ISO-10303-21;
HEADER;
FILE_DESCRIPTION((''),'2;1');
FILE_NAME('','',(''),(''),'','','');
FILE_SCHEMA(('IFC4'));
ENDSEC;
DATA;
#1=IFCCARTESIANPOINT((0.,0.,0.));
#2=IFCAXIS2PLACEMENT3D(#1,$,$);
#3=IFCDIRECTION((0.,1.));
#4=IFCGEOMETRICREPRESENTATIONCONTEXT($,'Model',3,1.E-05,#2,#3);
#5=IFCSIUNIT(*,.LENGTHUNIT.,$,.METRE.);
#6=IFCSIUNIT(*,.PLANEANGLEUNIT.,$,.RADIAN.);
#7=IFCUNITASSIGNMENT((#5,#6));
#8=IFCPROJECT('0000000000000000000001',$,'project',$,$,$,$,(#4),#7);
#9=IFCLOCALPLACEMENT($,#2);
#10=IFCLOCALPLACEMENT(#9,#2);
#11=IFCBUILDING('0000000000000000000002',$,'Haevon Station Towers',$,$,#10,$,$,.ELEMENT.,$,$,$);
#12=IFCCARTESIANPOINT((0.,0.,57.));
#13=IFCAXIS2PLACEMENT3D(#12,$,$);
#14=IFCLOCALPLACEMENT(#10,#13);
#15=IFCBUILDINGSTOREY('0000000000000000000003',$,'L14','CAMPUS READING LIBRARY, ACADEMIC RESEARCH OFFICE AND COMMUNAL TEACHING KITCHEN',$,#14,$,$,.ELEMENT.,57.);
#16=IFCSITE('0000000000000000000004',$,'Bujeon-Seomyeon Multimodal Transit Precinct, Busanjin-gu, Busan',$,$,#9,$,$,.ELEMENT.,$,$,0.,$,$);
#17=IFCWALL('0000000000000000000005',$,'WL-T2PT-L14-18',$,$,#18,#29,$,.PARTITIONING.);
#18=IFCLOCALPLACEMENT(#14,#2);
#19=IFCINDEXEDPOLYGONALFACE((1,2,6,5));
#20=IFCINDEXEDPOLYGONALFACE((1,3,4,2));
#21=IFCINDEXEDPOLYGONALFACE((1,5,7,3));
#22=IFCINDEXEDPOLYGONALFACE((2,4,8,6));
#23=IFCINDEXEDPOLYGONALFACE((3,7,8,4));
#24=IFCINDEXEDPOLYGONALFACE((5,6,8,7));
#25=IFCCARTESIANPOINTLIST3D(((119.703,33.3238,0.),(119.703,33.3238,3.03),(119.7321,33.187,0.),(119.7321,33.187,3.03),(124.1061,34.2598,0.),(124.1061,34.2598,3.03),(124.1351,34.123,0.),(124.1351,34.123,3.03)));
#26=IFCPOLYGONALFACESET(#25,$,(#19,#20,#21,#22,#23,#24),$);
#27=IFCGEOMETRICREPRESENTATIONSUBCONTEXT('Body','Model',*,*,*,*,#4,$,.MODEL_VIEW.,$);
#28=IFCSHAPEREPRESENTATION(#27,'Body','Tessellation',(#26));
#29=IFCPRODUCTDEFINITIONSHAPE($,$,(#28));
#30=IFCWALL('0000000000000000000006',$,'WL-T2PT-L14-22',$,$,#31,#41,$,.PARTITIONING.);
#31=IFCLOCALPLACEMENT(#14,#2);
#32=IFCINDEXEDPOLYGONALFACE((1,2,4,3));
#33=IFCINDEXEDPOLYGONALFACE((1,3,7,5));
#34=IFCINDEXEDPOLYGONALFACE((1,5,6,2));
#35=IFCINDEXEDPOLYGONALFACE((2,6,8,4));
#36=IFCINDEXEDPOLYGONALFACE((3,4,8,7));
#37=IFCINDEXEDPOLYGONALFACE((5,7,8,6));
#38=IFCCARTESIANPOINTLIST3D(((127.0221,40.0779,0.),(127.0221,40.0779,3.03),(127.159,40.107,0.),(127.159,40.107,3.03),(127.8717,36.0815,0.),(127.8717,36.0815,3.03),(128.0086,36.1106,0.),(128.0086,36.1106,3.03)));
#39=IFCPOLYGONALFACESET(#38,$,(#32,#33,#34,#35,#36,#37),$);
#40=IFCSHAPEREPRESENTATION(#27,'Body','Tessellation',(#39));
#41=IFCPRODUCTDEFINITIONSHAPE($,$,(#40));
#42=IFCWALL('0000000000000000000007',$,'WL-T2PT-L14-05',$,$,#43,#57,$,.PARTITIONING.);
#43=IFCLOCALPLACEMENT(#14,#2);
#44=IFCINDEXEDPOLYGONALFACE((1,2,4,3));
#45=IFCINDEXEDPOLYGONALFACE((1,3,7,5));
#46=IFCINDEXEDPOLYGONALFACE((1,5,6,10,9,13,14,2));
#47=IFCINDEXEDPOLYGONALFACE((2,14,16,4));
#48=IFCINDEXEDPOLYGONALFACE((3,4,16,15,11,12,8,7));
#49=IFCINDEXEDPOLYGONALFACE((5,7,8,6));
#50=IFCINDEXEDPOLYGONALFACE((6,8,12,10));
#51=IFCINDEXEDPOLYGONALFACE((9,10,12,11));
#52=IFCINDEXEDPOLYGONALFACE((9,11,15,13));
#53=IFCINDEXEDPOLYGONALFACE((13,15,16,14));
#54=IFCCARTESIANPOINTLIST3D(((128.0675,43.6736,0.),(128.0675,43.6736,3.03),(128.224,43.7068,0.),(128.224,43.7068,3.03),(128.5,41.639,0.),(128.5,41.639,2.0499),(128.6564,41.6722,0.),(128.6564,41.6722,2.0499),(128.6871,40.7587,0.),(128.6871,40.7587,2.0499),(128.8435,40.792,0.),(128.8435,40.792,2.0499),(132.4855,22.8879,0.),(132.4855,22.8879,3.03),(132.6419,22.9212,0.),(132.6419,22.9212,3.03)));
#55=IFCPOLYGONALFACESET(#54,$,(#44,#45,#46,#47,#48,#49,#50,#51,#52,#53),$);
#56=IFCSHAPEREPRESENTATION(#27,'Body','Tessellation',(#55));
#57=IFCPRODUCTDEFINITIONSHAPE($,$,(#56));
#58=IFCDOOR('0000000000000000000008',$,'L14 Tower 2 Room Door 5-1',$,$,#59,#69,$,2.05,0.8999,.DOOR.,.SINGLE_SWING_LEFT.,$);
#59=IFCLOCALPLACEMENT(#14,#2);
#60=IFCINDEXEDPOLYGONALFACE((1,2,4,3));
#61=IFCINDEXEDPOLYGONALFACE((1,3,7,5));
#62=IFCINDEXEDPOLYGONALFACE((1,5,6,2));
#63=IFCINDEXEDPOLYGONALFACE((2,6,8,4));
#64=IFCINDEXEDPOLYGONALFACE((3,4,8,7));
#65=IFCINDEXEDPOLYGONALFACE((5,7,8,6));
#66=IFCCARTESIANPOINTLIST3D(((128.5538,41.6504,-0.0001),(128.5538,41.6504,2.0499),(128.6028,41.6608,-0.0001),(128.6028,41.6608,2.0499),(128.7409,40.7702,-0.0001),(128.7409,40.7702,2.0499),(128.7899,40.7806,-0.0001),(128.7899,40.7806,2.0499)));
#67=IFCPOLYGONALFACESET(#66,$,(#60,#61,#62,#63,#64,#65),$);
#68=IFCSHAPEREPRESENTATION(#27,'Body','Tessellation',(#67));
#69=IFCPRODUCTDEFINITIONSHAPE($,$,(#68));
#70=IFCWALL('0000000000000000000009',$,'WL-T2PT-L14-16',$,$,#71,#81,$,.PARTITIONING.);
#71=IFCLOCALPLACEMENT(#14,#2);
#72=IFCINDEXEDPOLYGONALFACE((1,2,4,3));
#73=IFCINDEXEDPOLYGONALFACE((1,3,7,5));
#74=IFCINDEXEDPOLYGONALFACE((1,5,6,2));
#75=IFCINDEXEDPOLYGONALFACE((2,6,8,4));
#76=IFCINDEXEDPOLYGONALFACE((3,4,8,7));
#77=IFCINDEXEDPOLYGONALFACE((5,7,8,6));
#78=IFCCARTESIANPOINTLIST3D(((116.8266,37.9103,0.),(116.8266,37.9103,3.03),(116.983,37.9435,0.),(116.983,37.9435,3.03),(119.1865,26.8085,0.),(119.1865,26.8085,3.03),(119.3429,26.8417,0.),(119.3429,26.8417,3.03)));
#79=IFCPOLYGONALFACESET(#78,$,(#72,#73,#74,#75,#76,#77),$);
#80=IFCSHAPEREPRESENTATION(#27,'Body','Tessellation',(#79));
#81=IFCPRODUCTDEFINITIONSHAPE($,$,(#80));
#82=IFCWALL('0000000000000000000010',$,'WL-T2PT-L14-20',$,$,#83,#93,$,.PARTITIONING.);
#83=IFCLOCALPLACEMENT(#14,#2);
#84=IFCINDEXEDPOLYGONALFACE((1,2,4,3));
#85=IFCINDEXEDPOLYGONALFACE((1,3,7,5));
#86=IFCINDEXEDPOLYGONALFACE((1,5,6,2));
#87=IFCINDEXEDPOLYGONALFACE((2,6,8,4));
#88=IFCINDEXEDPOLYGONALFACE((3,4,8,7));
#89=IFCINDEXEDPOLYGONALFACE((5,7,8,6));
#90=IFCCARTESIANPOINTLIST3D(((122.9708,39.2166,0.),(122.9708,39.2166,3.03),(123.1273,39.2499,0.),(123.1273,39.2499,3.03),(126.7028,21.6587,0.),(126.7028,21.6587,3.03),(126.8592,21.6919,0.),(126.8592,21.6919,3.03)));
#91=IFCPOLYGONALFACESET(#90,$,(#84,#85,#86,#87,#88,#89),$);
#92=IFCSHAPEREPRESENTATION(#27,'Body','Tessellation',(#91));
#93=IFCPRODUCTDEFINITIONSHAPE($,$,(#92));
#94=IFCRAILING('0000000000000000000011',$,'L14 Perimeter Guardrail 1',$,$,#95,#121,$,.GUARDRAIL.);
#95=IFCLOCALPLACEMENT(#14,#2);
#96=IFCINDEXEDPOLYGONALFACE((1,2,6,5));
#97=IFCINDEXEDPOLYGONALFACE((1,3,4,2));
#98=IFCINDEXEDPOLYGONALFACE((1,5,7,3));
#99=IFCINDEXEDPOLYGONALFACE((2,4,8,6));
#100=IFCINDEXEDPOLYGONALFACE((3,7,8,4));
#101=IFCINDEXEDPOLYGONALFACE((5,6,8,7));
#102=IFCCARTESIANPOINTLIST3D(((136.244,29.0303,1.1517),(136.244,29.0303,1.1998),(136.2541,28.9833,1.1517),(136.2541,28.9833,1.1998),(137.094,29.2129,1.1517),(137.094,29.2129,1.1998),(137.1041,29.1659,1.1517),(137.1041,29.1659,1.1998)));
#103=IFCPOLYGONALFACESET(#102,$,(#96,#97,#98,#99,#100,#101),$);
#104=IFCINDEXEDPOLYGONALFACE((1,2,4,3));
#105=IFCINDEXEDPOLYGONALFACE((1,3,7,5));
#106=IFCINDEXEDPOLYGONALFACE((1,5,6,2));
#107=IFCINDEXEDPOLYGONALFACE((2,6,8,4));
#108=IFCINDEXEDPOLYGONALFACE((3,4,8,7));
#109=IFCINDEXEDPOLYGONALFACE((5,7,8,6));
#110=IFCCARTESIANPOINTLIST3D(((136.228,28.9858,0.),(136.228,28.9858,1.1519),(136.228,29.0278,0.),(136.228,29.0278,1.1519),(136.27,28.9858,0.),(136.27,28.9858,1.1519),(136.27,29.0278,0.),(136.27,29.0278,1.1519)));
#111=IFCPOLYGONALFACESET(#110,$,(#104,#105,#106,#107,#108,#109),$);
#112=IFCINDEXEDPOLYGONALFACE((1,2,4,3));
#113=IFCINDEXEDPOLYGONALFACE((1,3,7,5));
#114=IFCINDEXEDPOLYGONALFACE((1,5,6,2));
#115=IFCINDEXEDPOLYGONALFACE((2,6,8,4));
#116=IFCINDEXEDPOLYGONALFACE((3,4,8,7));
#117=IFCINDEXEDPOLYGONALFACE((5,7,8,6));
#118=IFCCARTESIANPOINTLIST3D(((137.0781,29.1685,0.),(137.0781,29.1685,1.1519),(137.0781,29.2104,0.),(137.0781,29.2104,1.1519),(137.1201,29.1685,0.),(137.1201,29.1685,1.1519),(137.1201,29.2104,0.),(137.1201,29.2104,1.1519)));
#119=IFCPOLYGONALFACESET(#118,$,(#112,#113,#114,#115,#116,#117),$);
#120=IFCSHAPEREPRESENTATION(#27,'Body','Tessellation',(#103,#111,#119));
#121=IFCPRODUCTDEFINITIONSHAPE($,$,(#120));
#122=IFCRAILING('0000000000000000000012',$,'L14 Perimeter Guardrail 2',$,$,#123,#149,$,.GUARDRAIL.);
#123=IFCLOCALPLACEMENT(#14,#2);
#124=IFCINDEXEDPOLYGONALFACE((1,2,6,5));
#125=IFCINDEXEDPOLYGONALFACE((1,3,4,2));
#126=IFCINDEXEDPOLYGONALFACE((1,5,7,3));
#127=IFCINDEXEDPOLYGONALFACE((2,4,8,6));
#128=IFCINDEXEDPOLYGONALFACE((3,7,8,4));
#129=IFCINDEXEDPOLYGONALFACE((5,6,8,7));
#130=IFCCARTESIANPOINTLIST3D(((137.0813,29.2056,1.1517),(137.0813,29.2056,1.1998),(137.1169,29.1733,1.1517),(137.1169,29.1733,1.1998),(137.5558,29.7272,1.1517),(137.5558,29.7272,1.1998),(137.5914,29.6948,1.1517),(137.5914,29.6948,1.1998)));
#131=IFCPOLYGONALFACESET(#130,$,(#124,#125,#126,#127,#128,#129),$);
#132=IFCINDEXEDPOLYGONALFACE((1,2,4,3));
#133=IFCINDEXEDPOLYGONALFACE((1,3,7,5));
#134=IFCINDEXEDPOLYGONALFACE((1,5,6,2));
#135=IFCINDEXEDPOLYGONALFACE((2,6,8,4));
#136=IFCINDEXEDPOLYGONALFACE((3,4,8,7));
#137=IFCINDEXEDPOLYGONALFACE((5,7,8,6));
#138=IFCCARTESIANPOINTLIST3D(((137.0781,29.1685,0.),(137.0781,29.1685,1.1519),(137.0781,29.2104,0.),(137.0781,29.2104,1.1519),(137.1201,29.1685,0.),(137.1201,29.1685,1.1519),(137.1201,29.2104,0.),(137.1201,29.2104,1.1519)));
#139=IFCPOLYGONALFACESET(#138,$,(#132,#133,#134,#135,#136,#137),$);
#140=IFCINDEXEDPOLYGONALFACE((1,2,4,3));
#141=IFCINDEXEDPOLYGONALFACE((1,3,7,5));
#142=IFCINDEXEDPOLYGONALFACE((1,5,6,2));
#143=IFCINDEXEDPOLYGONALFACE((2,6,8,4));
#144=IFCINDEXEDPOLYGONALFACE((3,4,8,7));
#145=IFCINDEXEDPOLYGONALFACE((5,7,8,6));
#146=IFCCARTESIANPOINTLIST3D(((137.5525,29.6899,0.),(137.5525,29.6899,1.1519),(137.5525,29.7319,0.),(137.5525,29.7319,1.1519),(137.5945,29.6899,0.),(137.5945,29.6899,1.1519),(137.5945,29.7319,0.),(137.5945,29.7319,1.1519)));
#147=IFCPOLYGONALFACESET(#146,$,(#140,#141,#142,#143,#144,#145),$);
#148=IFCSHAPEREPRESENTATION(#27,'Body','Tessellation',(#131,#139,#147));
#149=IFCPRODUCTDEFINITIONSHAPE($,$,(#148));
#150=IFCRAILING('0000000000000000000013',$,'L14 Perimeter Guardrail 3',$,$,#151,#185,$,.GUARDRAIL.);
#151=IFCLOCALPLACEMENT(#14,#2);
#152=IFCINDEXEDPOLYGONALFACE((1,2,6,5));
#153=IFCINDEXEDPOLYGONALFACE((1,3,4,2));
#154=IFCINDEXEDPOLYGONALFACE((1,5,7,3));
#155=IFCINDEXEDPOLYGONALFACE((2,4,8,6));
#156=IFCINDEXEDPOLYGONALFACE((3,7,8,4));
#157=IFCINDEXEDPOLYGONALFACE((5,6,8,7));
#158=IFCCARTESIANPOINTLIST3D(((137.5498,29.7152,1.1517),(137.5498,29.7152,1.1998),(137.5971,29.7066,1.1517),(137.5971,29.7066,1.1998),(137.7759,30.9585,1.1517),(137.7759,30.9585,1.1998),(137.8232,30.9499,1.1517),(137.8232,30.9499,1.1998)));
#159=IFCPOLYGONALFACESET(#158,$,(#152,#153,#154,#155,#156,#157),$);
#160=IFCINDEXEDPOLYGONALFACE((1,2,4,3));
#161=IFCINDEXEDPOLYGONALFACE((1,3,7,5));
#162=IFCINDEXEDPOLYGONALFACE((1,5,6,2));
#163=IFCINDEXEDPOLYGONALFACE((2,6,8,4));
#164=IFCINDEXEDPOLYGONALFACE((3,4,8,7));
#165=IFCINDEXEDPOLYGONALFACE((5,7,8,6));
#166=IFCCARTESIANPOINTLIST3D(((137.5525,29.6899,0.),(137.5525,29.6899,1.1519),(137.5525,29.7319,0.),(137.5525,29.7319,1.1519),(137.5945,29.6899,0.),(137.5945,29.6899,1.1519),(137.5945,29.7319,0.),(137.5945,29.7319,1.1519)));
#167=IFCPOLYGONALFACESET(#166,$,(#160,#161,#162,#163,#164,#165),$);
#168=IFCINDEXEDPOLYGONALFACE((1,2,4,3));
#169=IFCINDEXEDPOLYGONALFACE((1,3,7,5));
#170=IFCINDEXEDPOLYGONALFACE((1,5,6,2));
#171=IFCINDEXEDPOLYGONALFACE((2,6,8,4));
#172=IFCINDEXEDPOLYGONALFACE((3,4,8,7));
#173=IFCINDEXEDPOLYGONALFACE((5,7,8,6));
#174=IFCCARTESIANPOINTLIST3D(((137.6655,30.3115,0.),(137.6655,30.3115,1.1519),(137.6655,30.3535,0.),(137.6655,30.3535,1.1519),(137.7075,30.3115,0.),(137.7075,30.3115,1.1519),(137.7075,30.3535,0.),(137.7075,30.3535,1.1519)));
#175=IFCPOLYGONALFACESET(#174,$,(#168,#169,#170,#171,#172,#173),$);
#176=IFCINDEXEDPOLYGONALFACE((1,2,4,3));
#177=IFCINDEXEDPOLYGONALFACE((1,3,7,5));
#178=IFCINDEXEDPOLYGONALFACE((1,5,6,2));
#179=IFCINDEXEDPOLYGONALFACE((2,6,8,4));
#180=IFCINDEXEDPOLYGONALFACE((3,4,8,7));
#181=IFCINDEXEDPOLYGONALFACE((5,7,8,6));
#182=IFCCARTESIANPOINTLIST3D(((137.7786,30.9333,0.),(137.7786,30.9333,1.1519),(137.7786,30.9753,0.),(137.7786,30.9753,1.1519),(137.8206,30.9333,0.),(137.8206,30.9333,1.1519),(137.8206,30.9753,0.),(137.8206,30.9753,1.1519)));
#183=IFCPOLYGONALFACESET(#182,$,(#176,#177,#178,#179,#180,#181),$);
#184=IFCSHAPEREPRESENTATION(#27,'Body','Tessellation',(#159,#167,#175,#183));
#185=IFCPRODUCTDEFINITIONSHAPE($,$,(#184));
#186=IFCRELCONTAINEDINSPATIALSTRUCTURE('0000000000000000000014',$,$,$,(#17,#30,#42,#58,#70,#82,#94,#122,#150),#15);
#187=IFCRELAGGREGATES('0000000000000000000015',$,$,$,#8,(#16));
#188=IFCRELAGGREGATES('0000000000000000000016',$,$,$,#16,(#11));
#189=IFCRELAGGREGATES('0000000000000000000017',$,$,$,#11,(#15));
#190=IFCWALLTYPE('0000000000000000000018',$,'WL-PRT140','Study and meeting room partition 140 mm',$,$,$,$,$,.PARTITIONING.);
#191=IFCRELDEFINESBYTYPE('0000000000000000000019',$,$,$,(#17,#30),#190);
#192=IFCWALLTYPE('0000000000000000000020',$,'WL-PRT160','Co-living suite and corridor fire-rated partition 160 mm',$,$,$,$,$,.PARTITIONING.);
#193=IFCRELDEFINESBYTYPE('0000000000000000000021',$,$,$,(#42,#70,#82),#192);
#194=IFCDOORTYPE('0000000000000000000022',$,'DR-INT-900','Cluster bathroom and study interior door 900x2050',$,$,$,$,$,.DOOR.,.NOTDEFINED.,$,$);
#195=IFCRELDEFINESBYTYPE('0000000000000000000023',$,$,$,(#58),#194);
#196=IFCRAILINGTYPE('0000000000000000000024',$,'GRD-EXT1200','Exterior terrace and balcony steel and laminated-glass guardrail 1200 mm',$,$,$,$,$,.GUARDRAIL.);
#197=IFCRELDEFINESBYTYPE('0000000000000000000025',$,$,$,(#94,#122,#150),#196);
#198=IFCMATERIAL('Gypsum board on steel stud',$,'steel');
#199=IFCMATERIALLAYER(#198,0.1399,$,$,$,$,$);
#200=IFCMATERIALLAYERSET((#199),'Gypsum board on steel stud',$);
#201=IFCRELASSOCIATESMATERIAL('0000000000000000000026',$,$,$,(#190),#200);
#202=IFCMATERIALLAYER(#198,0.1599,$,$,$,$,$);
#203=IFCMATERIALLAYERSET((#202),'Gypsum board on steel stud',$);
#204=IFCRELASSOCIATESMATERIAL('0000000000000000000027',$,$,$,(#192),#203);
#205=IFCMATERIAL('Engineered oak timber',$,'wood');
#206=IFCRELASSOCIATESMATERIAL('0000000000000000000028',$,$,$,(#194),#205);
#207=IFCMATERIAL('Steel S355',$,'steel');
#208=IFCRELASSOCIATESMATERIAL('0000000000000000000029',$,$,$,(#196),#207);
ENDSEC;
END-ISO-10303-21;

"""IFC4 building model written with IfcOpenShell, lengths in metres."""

from ifc_helpers import new_model, si_unit, direction, frame, frame_2d, origin, origin_2d, place, context, subcontext, project, spatial, rectangle, extrude, material, layer, layer_set, type_object, element, fill, save


model = new_model("IFC4")

# Units and contexts
model_context = context("Model", 3, precision=1e-05, world=origin(), true_north=direction((0.0, 1.0)))
body_context = subcontext(model_context, "Body", "Model", "MODEL_VIEW")
ifc_project = project(units=[si_unit("LENGTHUNIT", "METRE"), si_unit("PLANEANGLEUNIT", "RADIAN")], contexts=[model_context])

# Site, building, storey
site_placement = place(None, origin())
site = spatial("IfcSite", under=ifc_project, at=site_placement, Name="Bujeon-Seomyeon Multimodal Transit Precinct, Busanjin-gu, Busan", CompositionType="ELEMENT", RefElevation=0.0)
building_placement = place(site_placement, origin())
building = spatial("IfcBuilding", under=site, at=building_placement, Name="Haevon Station Towers", CompositionType="ELEMENT")
storey_placement = place(building_placement, frame((0.0, 0.0, 57.0)))
storey = spatial("IfcBuildingStorey", under=building, at=storey_placement, Name="L14", Description="CAMPUS READING LIBRARY, ACADEMIC RESEARCH OFFICE AND COMMUNAL TEACHING KITCHEN", CompositionType="ELEMENT", Elevation=57.0)

# Shared definitions
ifc_material_1 = material(Name="Steel S355", Category="steel")

# Walls
ifc_material_2 = material(Name="Gypsum board on steel stud", Category="steel")
ifc_layer_1 = layer(ifc_material_2, 0.1399)
ifc_layer_set_1 = layer_set([ifc_layer_1], Name="Gypsum board on steel stud")
wall_type_1 = type_object("IfcWallType", Name="WL-PRT140", Description="Study and meeting room partition 140 mm", PredefinedType="PARTITIONING", material=ifc_layer_set_1)
wall_1_placement = place(storey_placement, frame((119.7175, 33.2554, 0.0), z_axis=(0.0, 0.0, 1.0), x_axis=(0.978142, 0.20794, 0.0)))
element("IfcWall", 1, at=wall_1_placement, inside=storey, type_object=wall_type_1, Name="WL-T2PT-L14-18", PredefinedType="PARTITIONING", context=body_context, shape_type="SweptSolid", body=[
    extrude(rectangle(XDim=4.5015, YDim=0.1399, at=frame_2d((2.2507, 0.0))), origin(), (0.0, 0.0, 1.0), 3.03),
])
wall_2_placement = place(storey_placement, frame((127.9402, 36.0959, 0.0), z_axis=(0.0, 0.0, 1.0), x_axis=(-0.20795, 0.97814, 0.0)))
element("IfcWall", 2, at=wall_2_placement, inside=storey, type_object=wall_type_1, Name="WL-T2PT-L14-22", PredefinedType="PARTITIONING", context=body_context, shape_type="SweptSolid", body=[
    extrude(rectangle(XDim=4.0857, YDim=0.1399, at=frame_2d((2.043, 0.0))), origin(), (0.0, 0.0, 1.0), 3.03),
])

# Wall, opening, door
ifc_layer_2 = layer(ifc_material_2, 0.1599)
ifc_layer_set_2 = layer_set([ifc_layer_2], Name="Gypsum board on steel stud")
wall_type_2 = type_object("IfcWallType", Name="WL-PRT160", Description="Co-living suite and corridor fire-rated partition 160 mm", PredefinedType="PARTITIONING", material=ifc_layer_set_2)
wall_3_placement = place(storey_placement, frame((132.5637, 22.9045, 0.0), z_axis=(0.0, 0.0, 1.0), x_axis=(-0.207905, 0.978149, 0.0)))
wall_3 = element("IfcWall", 3, at=wall_3_placement, inside=storey, type_object=wall_type_2, Name="WL-T2PT-L14-05", PredefinedType="PARTITIONING", context=body_context, shape_type="SweptSolid", body=[
    extrude(rectangle(XDim=21.25, YDim=0.1599, at=frame_2d((10.625, 0.0))), origin(), (0.0, 0.0, 1.0), 3.03),
])
opening_1_placement = place(wall_3_placement, frame((18.27, 0.0, 0.0)))
opening_1 = element("IfcOpeningElement", 4, at=opening_1_placement, cuts=wall_3, PredefinedType="OPENING", context=body_context, shape_type="SweptSolid", body=[
    extrude(rectangle(XDim=0.8999, YDim=2.05, at=frame_2d((0.45, 1.0249))), frame((0.0, 0.0898, 0.0), z_axis=(0.0, -1.0, 0.0), x_axis=(1.0, 0.0, 0.0)), (0.0, 0.0, 1.0), 0.1799),
])
ifc_material_3 = material(Name="Engineered oak timber", Category="wood")
door_type = type_object("IfcDoorType", Name="DR-INT-900", Description="Cluster bathroom and study interior door 900x2050", OperationType="NOTDEFINED", PredefinedType="DOOR", material=ifc_material_3)
door_placement = place(opening_1_placement, origin())
door = element("IfcDoor", 5, at=door_placement, inside=storey, type_object=door_type, Name="L14 Tower 2 Room Door 5-1", OperationType="SINGLE_SWING_LEFT", OverallHeight=2.05, OverallWidth=0.8999, PredefinedType="DOOR", context=body_context, shape_type="SweptSolid", body=[
    extrude(rectangle(XDim=0.8999, YDim=2.05, at=frame_2d((0.45, 1.0249))), frame((0.0, 0.0249, 0.0), z_axis=(0.0, -1.0, 0.0), x_axis=(1.0, 0.0, 0.0)), (0.0, 0.0, 1.0), 0.05),
])
fill(opening_1, door)

# Walls
wall_4_placement = place(storey_placement, frame((119.2646, 26.8252, 0.0), z_axis=(0.0, 0.0, 1.0), x_axis=(-0.20792, 0.978146, 0.0)))
element("IfcWall", 6, at=wall_4_placement, inside=storey, type_object=wall_type_2, Name="WL-T2PT-L14-16", PredefinedType="PARTITIONING", context=body_context, shape_type="SweptSolid", body=[
    extrude(rectangle(XDim=11.3499, YDim=0.1599, at=frame_2d((5.6748, 0.0))), origin(), (0.0, 0.0, 1.0), 3.03),
])
wall_5_placement = place(storey_placement, frame((126.781, 21.6753, 0.0), z_axis=(0.0, 0.0, 1.0), x_axis=(-0.207906, 0.978149, 0.0)))
element("IfcWall", 7, at=wall_5_placement, inside=storey, type_object=wall_type_2, Name="WL-T2PT-L14-20", PredefinedType="PARTITIONING", context=body_context, shape_type="SweptSolid", body=[
    extrude(rectangle(XDim=17.9502, YDim=0.1599, at=frame_2d((8.9751, 0.0))), origin(), (0.0, 0.0, 1.0), 3.03),
])

# Railings
railing_type = type_object("IfcRailingType", Name="GRD-EXT1200", Description="Exterior terrace and balcony steel and laminated-glass guardrail 1200 mm", PredefinedType="GUARDRAIL", material=ifc_material_1)
railing_1_placement = place(storey_placement, frame((136.249, 29.0068, 0.0)))
element("IfcRailing", 8, at=railing_1_placement, inside=storey, type_object=railing_type, Name="L14 Perimeter Guardrail 1", PredefinedType="GUARDRAIL", context=body_context, shape_type="SweptSolid", body=[
    extrude(rectangle(XDim=0.0481, YDim=0.0481, at=origin_2d()), frame((0.0, 0.0, 1.1758), z_axis=(0.977695, 0.210028, 0.0), x_axis=(-0.210028, 0.977695, 0.0)), (0.0, 0.0, 1.0), 0.8694),
    extrude(rectangle(XDim=0.042, YDim=0.042, at=origin_2d()), origin(), (0.0, 0.0, 1.0), 1.1519),
    extrude(rectangle(XDim=0.042, YDim=0.042, at=origin_2d()), frame((0.8501, 0.1826, 0.0)), (0.0, 0.0, 1.0), 1.1519),
])
railing_2_placement = place(storey_placement, frame((137.0991, 29.1895, 0.0)))
element("IfcRailing", 9, at=railing_2_placement, inside=storey, type_object=railing_type, Name="L14 Perimeter Guardrail 2", PredefinedType="GUARDRAIL", context=body_context, shape_type="SweptSolid", body=[
    extrude(rectangle(XDim=0.0481, YDim=0.0481, at=origin_2d()), frame((0.0, 0.0, 1.1758), z_axis=(0.672897, 0.739736, 0.0), x_axis=(-0.739736, 0.672897, 0.0)), (0.0, 0.0, 1.0), 0.7051),
    extrude(rectangle(XDim=0.042, YDim=0.042, at=origin_2d()), origin(), (0.0, 0.0, 1.0), 1.1519),
    extrude(rectangle(XDim=0.042, YDim=0.042, at=origin_2d()), frame((0.4744, 0.5215, 0.0)), (0.0, 0.0, 1.0), 1.1519),
])
railing_3_placement = place(storey_placement, frame((137.5735, 29.7109, 0.0)))
element("IfcRailing", 10, at=railing_3_placement, inside=storey, type_object=railing_type, Name="L14 Perimeter Guardrail 3", PredefinedType="GUARDRAIL", context=body_context, shape_type="SweptSolid", body=[
    extrude(rectangle(XDim=0.0481, YDim=0.0481, at=origin_2d()), frame((0.0, 0.0, 1.1758), z_axis=(0.178885, 0.98387, 0.0), x_axis=(-0.98387, 0.178885, 0.0)), (0.0, 0.0, 1.0), 1.2637),
    extrude(rectangle(XDim=0.042, YDim=0.042, at=origin_2d()), origin(), (0.0, 0.0, 1.0), 1.1519),
    extrude(rectangle(XDim=0.042, YDim=0.042, at=origin_2d()), frame((0.113, 0.6216, 0.0)), (0.0, 0.0, 1.0), 1.1519),
    extrude(rectangle(XDim=0.042, YDim=0.042, at=origin_2d()), frame((0.2261, 1.2434, 0.0)), (0.0, 0.0, 1.0), 1.1519),
])

save(model, "model.ifc")
